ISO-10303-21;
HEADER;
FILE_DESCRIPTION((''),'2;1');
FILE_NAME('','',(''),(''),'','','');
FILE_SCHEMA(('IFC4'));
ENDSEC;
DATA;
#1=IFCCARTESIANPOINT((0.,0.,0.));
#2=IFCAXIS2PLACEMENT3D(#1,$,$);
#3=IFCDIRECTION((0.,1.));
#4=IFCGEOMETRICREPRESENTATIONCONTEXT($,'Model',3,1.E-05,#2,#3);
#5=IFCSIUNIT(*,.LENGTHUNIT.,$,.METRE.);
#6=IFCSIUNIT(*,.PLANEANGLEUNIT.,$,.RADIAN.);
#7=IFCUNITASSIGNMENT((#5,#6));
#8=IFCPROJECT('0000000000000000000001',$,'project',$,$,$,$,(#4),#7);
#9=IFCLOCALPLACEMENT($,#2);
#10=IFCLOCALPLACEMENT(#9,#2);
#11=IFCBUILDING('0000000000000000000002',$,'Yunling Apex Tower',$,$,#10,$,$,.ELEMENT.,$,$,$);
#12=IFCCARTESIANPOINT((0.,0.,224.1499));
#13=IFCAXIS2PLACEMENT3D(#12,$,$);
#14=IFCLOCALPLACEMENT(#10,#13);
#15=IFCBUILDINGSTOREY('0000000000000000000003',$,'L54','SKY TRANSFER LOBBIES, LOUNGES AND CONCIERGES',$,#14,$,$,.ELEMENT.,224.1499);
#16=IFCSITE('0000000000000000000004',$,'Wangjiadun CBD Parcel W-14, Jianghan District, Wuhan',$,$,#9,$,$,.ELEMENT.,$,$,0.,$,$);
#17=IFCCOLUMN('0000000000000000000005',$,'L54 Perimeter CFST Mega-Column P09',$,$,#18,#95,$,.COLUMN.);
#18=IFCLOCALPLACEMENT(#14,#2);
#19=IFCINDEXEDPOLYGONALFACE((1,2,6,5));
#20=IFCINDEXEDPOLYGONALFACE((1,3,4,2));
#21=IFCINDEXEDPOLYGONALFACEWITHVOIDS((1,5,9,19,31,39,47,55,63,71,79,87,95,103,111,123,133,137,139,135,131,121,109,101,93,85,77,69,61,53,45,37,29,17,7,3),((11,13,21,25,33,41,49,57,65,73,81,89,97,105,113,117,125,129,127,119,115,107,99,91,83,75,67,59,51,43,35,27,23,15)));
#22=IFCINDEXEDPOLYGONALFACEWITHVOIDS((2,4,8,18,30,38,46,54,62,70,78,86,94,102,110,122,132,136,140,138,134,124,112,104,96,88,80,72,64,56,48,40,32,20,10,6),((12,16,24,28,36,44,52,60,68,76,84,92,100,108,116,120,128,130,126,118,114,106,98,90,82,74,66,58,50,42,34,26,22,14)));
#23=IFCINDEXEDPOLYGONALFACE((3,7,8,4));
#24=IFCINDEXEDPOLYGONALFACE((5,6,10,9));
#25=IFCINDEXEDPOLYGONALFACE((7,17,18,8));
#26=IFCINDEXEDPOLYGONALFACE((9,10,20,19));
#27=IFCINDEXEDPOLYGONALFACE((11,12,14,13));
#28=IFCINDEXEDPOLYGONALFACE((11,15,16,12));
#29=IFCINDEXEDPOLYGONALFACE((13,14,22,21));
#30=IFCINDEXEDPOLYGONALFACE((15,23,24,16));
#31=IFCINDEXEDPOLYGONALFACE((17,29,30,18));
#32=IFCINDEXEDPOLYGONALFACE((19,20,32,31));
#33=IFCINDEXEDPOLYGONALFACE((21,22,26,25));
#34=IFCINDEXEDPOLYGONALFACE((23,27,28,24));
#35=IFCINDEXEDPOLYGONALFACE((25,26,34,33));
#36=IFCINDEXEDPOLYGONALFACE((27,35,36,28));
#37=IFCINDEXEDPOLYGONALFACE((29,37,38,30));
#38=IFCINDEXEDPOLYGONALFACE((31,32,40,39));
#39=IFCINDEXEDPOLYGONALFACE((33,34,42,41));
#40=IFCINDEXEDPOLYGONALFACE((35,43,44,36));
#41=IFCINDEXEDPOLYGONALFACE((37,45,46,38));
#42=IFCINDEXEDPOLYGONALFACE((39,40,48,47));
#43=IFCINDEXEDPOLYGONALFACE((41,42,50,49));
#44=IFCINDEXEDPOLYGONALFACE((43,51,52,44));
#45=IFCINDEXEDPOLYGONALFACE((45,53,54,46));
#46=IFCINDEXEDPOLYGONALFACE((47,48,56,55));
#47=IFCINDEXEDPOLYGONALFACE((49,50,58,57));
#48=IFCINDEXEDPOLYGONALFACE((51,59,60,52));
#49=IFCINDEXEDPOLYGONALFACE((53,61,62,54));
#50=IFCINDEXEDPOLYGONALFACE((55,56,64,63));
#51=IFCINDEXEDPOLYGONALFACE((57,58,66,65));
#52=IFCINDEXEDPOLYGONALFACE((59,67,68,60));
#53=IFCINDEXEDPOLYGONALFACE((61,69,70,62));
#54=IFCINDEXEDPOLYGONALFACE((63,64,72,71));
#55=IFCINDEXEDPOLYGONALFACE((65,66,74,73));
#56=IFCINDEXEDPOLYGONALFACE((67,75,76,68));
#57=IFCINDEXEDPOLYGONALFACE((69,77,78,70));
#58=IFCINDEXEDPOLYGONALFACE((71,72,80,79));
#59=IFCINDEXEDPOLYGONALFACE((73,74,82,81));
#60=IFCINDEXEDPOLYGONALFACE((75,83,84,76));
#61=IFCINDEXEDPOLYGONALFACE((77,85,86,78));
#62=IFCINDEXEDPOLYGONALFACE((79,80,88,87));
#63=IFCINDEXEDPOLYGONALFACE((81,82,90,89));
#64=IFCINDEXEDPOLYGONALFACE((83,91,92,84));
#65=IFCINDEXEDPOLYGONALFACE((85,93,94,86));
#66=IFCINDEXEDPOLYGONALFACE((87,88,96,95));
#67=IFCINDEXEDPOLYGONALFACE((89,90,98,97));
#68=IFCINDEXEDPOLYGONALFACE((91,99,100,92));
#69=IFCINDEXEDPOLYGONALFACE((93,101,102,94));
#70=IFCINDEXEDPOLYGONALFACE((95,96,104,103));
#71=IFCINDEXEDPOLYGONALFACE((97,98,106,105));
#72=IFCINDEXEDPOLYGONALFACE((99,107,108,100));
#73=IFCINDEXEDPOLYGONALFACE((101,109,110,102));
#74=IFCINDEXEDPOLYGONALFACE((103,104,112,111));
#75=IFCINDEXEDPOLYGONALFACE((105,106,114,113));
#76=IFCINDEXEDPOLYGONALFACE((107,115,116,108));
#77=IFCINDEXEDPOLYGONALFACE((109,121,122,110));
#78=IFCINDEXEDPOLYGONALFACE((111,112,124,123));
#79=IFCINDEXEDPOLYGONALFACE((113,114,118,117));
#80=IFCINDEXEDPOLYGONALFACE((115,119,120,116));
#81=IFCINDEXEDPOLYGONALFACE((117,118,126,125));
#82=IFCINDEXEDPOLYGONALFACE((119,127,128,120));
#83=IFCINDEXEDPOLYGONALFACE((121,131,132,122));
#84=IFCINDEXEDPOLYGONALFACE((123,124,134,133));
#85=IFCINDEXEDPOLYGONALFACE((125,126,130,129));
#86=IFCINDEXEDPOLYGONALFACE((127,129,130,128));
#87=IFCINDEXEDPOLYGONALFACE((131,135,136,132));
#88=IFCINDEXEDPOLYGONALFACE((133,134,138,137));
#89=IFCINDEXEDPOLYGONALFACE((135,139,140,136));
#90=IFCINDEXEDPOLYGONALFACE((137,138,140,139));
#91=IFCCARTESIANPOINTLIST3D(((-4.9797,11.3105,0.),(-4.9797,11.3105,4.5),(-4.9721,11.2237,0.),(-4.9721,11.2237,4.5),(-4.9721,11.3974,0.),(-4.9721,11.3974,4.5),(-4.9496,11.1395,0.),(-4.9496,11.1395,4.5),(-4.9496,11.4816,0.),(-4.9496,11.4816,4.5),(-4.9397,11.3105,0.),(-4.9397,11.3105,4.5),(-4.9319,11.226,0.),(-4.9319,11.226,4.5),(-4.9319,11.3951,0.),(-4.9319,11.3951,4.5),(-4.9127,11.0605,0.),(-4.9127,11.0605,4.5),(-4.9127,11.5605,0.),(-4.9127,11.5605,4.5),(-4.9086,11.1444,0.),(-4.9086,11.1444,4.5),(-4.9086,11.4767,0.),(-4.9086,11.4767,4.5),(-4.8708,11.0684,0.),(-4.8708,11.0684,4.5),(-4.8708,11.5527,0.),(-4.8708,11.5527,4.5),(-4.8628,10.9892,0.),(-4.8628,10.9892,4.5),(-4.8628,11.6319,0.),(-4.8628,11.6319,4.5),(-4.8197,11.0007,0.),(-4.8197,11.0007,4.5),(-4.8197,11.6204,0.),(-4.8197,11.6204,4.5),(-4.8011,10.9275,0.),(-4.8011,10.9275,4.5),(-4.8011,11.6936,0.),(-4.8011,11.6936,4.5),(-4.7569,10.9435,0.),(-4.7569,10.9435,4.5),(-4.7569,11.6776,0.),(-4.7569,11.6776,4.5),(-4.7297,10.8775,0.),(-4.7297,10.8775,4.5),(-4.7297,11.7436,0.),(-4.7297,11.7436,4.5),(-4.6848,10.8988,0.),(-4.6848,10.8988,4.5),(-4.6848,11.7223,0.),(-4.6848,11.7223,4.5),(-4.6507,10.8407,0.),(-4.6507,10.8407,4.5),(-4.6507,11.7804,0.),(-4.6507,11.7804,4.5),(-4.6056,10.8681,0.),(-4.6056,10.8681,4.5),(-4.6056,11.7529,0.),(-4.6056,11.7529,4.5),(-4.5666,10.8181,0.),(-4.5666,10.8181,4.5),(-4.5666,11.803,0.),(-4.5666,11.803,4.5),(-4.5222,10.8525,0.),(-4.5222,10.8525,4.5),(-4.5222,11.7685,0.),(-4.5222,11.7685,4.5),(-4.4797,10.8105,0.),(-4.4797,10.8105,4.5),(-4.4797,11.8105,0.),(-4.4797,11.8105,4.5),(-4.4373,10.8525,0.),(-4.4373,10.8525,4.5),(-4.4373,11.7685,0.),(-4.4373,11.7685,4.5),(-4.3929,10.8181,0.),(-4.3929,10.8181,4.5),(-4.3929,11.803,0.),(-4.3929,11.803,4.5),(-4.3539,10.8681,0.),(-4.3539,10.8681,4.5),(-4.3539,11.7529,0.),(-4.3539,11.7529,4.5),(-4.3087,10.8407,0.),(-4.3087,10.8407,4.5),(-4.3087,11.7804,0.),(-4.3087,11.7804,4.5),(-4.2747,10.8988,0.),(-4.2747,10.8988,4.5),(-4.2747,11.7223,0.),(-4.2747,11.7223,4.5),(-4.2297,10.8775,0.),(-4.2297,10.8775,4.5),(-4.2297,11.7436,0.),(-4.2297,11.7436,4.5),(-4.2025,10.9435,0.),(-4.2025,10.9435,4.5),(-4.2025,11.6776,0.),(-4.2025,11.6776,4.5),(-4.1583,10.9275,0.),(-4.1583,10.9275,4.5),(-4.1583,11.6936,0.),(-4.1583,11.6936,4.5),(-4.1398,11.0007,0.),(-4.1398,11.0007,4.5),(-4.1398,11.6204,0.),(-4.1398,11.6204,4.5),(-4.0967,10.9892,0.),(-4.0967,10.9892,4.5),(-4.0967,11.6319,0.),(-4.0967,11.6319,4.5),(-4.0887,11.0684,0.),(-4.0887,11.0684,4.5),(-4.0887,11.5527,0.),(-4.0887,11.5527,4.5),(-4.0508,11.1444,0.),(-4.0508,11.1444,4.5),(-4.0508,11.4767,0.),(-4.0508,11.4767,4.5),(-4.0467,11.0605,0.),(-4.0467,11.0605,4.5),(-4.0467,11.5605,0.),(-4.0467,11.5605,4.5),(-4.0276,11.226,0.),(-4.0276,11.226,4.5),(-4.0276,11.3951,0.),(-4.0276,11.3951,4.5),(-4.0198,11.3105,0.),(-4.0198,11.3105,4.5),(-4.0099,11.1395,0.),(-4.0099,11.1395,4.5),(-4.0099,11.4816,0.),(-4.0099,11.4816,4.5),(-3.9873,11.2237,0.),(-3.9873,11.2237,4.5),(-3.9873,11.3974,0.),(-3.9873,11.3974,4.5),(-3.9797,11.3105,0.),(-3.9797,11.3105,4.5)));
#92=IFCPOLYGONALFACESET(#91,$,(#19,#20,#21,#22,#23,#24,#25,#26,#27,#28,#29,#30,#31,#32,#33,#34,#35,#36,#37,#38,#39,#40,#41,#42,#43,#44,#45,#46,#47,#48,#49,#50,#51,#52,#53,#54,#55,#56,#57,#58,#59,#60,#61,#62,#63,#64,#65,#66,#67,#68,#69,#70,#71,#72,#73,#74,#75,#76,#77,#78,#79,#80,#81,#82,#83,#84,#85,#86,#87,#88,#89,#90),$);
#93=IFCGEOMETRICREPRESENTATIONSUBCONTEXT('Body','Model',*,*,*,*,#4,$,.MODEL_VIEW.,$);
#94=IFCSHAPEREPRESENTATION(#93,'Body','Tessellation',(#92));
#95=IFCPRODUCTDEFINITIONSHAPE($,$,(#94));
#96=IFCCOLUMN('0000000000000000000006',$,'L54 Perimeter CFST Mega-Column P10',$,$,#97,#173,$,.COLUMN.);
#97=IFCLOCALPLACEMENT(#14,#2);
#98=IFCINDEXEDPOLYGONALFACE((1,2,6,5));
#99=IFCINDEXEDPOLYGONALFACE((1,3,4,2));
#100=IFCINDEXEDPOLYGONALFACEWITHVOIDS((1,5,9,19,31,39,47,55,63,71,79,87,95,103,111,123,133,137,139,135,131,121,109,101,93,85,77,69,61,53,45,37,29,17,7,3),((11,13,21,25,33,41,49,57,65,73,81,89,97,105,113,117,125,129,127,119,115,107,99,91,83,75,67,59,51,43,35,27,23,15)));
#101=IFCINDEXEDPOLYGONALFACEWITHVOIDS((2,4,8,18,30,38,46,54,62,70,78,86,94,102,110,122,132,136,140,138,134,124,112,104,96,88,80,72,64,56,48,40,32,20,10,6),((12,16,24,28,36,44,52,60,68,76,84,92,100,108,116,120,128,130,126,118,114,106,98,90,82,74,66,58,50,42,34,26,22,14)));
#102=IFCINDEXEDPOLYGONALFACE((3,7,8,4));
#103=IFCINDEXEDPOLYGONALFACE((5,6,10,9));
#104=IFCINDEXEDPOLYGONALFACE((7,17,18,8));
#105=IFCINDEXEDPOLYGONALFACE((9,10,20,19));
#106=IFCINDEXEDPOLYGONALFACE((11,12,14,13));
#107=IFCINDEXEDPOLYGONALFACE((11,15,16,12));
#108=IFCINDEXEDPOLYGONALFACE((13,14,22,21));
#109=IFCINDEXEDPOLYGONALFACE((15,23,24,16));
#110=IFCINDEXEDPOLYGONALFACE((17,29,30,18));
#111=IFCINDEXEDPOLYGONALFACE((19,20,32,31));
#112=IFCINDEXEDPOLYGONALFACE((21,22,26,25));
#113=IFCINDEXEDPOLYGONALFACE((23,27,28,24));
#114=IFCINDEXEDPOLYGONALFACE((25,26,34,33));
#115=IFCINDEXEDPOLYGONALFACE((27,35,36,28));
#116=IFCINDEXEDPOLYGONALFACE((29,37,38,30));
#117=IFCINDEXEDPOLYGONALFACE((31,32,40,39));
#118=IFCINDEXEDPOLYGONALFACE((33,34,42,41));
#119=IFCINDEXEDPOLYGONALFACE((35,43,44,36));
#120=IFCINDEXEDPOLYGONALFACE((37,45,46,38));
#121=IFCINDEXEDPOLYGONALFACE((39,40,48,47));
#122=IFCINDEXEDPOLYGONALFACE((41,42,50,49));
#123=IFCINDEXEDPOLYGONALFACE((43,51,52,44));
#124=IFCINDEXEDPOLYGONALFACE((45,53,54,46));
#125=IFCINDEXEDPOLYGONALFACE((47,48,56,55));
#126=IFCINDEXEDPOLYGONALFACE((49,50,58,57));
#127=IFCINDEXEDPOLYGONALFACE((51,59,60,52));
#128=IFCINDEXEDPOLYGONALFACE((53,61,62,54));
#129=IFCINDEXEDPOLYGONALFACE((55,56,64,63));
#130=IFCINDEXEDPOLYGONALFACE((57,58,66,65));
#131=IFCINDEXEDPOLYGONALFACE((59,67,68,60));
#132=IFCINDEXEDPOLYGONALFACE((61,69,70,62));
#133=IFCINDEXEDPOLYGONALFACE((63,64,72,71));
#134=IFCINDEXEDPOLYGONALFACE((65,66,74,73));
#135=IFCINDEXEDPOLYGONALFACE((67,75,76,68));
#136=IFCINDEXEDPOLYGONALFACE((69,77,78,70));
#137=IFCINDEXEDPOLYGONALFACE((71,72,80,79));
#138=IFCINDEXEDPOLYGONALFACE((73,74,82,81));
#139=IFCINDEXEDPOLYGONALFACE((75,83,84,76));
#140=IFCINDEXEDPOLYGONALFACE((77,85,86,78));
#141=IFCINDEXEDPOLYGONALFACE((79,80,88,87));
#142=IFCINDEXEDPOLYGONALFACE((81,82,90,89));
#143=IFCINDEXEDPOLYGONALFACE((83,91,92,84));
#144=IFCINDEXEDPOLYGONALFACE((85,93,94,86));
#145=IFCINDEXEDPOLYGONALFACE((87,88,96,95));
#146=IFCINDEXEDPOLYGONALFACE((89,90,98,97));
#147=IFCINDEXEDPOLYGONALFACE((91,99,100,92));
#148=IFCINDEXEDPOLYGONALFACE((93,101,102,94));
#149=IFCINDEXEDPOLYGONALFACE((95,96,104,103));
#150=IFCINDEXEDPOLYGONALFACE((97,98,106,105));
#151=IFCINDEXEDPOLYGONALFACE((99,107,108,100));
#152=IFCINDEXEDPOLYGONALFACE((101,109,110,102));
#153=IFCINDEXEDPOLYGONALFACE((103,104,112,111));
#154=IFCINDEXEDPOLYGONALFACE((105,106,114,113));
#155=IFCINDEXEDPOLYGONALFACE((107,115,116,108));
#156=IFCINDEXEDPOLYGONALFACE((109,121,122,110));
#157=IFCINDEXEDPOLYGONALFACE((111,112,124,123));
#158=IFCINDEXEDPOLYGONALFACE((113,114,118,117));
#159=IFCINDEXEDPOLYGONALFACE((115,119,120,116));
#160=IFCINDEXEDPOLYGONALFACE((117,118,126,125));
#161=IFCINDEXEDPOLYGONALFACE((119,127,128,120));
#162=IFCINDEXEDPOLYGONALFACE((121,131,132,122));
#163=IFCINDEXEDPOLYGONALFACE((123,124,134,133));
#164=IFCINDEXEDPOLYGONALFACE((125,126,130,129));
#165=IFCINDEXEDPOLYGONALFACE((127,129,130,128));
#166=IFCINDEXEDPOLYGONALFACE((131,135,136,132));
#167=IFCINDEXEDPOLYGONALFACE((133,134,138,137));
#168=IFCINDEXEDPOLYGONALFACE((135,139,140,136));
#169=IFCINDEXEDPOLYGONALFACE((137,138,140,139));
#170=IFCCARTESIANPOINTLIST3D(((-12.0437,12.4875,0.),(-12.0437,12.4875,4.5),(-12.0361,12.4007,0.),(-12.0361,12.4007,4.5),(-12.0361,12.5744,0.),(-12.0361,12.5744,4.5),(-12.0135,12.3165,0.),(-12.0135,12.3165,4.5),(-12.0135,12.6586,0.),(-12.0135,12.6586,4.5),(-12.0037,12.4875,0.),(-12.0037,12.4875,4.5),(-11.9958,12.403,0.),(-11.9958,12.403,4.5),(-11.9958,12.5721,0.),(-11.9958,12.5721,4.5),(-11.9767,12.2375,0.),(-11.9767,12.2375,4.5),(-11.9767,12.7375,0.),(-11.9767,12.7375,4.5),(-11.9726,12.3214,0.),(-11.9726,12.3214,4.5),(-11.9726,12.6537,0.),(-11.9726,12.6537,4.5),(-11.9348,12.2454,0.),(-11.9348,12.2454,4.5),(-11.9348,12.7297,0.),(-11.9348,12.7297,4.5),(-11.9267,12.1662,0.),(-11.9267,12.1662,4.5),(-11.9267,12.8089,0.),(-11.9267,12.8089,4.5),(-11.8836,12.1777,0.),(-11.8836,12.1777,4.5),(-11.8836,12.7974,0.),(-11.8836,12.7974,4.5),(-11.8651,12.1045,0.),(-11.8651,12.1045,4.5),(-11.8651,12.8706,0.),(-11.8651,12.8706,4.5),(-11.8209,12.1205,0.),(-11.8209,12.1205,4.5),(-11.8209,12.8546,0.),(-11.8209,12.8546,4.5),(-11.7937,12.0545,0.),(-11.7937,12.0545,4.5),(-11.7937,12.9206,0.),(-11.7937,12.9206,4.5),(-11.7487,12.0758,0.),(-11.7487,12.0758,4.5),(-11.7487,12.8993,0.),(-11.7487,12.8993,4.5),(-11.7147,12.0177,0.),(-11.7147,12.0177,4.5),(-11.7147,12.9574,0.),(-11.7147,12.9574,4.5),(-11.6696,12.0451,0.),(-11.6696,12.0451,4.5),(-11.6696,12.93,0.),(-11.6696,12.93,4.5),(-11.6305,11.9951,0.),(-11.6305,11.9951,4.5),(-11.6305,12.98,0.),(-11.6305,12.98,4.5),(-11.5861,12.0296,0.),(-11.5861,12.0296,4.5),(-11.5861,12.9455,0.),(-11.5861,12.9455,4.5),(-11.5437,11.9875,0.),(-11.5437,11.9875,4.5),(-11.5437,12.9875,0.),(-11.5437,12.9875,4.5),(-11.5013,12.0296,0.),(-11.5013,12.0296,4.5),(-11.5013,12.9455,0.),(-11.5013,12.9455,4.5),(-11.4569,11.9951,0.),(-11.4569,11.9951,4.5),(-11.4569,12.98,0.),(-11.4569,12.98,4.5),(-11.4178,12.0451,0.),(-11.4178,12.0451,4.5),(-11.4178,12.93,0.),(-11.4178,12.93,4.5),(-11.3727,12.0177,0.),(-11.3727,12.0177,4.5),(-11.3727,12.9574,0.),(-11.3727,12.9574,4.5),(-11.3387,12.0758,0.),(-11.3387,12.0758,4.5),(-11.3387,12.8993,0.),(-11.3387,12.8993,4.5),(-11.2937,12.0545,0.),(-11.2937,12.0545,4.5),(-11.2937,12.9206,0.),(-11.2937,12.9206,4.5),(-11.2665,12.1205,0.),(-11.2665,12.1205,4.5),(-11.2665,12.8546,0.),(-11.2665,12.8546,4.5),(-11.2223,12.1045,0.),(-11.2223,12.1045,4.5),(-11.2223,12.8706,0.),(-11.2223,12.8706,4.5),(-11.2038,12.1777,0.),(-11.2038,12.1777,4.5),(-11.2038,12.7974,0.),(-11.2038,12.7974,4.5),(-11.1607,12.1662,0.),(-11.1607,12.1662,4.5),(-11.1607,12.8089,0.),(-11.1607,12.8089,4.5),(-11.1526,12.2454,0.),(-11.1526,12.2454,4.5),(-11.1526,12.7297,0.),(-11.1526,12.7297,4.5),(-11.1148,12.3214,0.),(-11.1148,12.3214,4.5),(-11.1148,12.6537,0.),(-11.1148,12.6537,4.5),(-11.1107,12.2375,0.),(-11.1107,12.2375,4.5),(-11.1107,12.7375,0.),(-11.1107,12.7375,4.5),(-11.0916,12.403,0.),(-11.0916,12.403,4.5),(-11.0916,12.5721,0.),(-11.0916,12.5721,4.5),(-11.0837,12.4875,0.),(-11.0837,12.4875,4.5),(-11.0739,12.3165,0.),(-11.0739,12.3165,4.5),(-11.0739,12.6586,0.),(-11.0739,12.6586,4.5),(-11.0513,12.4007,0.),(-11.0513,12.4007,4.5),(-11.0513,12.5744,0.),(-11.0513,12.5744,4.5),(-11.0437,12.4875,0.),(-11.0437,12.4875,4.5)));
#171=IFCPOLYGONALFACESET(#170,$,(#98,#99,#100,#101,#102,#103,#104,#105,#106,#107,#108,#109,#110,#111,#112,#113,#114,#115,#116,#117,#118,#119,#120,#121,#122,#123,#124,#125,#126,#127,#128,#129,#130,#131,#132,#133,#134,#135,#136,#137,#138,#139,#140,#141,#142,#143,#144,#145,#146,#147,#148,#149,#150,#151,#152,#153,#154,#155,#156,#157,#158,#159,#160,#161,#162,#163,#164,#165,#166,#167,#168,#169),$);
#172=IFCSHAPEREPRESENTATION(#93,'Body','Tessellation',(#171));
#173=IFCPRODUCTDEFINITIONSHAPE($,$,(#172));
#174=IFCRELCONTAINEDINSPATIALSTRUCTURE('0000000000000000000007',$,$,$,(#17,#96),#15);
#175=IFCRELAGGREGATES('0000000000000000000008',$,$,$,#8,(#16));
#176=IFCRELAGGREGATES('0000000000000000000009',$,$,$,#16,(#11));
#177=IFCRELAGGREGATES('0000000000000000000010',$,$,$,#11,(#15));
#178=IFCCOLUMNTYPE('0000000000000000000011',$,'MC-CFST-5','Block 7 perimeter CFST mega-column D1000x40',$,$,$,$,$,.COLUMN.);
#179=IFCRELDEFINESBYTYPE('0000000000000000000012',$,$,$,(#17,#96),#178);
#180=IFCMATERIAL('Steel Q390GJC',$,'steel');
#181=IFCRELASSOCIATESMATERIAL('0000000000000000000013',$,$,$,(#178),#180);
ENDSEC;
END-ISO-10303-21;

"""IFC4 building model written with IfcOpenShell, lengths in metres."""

from ifc_helpers import new_model, si_unit, direction, frame, origin, origin_2d, place, context, subcontext, project, spatial, hollow_circle, extrude, source, transform, mapped, material, material_profile, profile_set, type_object, element, save


model = new_model("IFC4")

# Units and contexts
model_context = context("Model", 3, precision=1e-05, world=origin(), true_north=direction((0.0, 1.0)))
body_context = subcontext(model_context, "Body", "Model", "MODEL_VIEW")
ifc_project = project(units=[si_unit("LENGTHUNIT", "METRE"), si_unit("PLANEANGLEUNIT", "RADIAN")], contexts=[model_context])

# Site, building, storey
site_placement = place(None, origin())
site = spatial("IfcSite", under=ifc_project, at=site_placement, Name="Wangjiadun CBD Parcel W-14, Jianghan District, Wuhan", CompositionType="ELEMENT", RefElevation=0.0)
building_placement = place(site_placement, origin())
building = spatial("IfcBuilding", under=site, at=building_placement, Name="Yunling Apex Tower", CompositionType="ELEMENT")
storey_placement = place(building_placement, frame((0.0, 0.0, 224.1499)))
storey = spatial("IfcBuildingStorey", under=building, at=storey_placement, Name="L54", Description="SKY TRANSFER LOBBIES, LOUNGES AND CONCIERGES", CompositionType="ELEMENT", Elevation=224.1499)

# Columns
ifc_material_1 = material(Name="Steel Q390GJC", Category="steel")
ifc_material_profile_1 = material_profile(ifc_material_1, hollow_circle(Radius=0.5, WallThickness=0.04, at=origin_2d()))
ifc_profile_set_1 = profile_set([ifc_material_profile_1], Name="Steel Q390GJC")
column_type = type_object("IfcColumnType", Name="MC-CFST-5", Description="Block 7 perimeter CFST mega-column D1000x40", PredefinedType="COLUMN", material=ifc_profile_set_1)
shared_shape_1 = source(origin(), body_context, "Body", "SweptSolid", [
    extrude(hollow_circle(Radius=0.5, WallThickness=0.04, at=origin_2d()), origin(), (0.0, 0.0, 1.0), 4.5),
])
for number, where, z_axis, x_axis, name in (
    (1, (-4.4797, 11.3105, 0.0), (0.0, 0.0, 1.0), (1.0, 0.0, 0.0), "L54 Perimeter CFST Mega-Column P09"),
    (2, (-11.5437, 12.4875, 0.0), (0.0, 0.0, 1.0), (1.0, 0.0, 0.0), "L54 Perimeter CFST Mega-Column P10"),
):
    element("IfcColumn", number, at=place(storey_placement, frame(where, z_axis=z_axis, x_axis=x_axis)), inside=storey, type_object=column_type, Name=name, PredefinedType="COLUMN", context=body_context, shape_type="MappedRepresentation", body=[
        mapped(shared_shape_1, transform((0.0, 0.0, 0.0), scale=1.0)),
    ])

save(model, "model.ifc")
